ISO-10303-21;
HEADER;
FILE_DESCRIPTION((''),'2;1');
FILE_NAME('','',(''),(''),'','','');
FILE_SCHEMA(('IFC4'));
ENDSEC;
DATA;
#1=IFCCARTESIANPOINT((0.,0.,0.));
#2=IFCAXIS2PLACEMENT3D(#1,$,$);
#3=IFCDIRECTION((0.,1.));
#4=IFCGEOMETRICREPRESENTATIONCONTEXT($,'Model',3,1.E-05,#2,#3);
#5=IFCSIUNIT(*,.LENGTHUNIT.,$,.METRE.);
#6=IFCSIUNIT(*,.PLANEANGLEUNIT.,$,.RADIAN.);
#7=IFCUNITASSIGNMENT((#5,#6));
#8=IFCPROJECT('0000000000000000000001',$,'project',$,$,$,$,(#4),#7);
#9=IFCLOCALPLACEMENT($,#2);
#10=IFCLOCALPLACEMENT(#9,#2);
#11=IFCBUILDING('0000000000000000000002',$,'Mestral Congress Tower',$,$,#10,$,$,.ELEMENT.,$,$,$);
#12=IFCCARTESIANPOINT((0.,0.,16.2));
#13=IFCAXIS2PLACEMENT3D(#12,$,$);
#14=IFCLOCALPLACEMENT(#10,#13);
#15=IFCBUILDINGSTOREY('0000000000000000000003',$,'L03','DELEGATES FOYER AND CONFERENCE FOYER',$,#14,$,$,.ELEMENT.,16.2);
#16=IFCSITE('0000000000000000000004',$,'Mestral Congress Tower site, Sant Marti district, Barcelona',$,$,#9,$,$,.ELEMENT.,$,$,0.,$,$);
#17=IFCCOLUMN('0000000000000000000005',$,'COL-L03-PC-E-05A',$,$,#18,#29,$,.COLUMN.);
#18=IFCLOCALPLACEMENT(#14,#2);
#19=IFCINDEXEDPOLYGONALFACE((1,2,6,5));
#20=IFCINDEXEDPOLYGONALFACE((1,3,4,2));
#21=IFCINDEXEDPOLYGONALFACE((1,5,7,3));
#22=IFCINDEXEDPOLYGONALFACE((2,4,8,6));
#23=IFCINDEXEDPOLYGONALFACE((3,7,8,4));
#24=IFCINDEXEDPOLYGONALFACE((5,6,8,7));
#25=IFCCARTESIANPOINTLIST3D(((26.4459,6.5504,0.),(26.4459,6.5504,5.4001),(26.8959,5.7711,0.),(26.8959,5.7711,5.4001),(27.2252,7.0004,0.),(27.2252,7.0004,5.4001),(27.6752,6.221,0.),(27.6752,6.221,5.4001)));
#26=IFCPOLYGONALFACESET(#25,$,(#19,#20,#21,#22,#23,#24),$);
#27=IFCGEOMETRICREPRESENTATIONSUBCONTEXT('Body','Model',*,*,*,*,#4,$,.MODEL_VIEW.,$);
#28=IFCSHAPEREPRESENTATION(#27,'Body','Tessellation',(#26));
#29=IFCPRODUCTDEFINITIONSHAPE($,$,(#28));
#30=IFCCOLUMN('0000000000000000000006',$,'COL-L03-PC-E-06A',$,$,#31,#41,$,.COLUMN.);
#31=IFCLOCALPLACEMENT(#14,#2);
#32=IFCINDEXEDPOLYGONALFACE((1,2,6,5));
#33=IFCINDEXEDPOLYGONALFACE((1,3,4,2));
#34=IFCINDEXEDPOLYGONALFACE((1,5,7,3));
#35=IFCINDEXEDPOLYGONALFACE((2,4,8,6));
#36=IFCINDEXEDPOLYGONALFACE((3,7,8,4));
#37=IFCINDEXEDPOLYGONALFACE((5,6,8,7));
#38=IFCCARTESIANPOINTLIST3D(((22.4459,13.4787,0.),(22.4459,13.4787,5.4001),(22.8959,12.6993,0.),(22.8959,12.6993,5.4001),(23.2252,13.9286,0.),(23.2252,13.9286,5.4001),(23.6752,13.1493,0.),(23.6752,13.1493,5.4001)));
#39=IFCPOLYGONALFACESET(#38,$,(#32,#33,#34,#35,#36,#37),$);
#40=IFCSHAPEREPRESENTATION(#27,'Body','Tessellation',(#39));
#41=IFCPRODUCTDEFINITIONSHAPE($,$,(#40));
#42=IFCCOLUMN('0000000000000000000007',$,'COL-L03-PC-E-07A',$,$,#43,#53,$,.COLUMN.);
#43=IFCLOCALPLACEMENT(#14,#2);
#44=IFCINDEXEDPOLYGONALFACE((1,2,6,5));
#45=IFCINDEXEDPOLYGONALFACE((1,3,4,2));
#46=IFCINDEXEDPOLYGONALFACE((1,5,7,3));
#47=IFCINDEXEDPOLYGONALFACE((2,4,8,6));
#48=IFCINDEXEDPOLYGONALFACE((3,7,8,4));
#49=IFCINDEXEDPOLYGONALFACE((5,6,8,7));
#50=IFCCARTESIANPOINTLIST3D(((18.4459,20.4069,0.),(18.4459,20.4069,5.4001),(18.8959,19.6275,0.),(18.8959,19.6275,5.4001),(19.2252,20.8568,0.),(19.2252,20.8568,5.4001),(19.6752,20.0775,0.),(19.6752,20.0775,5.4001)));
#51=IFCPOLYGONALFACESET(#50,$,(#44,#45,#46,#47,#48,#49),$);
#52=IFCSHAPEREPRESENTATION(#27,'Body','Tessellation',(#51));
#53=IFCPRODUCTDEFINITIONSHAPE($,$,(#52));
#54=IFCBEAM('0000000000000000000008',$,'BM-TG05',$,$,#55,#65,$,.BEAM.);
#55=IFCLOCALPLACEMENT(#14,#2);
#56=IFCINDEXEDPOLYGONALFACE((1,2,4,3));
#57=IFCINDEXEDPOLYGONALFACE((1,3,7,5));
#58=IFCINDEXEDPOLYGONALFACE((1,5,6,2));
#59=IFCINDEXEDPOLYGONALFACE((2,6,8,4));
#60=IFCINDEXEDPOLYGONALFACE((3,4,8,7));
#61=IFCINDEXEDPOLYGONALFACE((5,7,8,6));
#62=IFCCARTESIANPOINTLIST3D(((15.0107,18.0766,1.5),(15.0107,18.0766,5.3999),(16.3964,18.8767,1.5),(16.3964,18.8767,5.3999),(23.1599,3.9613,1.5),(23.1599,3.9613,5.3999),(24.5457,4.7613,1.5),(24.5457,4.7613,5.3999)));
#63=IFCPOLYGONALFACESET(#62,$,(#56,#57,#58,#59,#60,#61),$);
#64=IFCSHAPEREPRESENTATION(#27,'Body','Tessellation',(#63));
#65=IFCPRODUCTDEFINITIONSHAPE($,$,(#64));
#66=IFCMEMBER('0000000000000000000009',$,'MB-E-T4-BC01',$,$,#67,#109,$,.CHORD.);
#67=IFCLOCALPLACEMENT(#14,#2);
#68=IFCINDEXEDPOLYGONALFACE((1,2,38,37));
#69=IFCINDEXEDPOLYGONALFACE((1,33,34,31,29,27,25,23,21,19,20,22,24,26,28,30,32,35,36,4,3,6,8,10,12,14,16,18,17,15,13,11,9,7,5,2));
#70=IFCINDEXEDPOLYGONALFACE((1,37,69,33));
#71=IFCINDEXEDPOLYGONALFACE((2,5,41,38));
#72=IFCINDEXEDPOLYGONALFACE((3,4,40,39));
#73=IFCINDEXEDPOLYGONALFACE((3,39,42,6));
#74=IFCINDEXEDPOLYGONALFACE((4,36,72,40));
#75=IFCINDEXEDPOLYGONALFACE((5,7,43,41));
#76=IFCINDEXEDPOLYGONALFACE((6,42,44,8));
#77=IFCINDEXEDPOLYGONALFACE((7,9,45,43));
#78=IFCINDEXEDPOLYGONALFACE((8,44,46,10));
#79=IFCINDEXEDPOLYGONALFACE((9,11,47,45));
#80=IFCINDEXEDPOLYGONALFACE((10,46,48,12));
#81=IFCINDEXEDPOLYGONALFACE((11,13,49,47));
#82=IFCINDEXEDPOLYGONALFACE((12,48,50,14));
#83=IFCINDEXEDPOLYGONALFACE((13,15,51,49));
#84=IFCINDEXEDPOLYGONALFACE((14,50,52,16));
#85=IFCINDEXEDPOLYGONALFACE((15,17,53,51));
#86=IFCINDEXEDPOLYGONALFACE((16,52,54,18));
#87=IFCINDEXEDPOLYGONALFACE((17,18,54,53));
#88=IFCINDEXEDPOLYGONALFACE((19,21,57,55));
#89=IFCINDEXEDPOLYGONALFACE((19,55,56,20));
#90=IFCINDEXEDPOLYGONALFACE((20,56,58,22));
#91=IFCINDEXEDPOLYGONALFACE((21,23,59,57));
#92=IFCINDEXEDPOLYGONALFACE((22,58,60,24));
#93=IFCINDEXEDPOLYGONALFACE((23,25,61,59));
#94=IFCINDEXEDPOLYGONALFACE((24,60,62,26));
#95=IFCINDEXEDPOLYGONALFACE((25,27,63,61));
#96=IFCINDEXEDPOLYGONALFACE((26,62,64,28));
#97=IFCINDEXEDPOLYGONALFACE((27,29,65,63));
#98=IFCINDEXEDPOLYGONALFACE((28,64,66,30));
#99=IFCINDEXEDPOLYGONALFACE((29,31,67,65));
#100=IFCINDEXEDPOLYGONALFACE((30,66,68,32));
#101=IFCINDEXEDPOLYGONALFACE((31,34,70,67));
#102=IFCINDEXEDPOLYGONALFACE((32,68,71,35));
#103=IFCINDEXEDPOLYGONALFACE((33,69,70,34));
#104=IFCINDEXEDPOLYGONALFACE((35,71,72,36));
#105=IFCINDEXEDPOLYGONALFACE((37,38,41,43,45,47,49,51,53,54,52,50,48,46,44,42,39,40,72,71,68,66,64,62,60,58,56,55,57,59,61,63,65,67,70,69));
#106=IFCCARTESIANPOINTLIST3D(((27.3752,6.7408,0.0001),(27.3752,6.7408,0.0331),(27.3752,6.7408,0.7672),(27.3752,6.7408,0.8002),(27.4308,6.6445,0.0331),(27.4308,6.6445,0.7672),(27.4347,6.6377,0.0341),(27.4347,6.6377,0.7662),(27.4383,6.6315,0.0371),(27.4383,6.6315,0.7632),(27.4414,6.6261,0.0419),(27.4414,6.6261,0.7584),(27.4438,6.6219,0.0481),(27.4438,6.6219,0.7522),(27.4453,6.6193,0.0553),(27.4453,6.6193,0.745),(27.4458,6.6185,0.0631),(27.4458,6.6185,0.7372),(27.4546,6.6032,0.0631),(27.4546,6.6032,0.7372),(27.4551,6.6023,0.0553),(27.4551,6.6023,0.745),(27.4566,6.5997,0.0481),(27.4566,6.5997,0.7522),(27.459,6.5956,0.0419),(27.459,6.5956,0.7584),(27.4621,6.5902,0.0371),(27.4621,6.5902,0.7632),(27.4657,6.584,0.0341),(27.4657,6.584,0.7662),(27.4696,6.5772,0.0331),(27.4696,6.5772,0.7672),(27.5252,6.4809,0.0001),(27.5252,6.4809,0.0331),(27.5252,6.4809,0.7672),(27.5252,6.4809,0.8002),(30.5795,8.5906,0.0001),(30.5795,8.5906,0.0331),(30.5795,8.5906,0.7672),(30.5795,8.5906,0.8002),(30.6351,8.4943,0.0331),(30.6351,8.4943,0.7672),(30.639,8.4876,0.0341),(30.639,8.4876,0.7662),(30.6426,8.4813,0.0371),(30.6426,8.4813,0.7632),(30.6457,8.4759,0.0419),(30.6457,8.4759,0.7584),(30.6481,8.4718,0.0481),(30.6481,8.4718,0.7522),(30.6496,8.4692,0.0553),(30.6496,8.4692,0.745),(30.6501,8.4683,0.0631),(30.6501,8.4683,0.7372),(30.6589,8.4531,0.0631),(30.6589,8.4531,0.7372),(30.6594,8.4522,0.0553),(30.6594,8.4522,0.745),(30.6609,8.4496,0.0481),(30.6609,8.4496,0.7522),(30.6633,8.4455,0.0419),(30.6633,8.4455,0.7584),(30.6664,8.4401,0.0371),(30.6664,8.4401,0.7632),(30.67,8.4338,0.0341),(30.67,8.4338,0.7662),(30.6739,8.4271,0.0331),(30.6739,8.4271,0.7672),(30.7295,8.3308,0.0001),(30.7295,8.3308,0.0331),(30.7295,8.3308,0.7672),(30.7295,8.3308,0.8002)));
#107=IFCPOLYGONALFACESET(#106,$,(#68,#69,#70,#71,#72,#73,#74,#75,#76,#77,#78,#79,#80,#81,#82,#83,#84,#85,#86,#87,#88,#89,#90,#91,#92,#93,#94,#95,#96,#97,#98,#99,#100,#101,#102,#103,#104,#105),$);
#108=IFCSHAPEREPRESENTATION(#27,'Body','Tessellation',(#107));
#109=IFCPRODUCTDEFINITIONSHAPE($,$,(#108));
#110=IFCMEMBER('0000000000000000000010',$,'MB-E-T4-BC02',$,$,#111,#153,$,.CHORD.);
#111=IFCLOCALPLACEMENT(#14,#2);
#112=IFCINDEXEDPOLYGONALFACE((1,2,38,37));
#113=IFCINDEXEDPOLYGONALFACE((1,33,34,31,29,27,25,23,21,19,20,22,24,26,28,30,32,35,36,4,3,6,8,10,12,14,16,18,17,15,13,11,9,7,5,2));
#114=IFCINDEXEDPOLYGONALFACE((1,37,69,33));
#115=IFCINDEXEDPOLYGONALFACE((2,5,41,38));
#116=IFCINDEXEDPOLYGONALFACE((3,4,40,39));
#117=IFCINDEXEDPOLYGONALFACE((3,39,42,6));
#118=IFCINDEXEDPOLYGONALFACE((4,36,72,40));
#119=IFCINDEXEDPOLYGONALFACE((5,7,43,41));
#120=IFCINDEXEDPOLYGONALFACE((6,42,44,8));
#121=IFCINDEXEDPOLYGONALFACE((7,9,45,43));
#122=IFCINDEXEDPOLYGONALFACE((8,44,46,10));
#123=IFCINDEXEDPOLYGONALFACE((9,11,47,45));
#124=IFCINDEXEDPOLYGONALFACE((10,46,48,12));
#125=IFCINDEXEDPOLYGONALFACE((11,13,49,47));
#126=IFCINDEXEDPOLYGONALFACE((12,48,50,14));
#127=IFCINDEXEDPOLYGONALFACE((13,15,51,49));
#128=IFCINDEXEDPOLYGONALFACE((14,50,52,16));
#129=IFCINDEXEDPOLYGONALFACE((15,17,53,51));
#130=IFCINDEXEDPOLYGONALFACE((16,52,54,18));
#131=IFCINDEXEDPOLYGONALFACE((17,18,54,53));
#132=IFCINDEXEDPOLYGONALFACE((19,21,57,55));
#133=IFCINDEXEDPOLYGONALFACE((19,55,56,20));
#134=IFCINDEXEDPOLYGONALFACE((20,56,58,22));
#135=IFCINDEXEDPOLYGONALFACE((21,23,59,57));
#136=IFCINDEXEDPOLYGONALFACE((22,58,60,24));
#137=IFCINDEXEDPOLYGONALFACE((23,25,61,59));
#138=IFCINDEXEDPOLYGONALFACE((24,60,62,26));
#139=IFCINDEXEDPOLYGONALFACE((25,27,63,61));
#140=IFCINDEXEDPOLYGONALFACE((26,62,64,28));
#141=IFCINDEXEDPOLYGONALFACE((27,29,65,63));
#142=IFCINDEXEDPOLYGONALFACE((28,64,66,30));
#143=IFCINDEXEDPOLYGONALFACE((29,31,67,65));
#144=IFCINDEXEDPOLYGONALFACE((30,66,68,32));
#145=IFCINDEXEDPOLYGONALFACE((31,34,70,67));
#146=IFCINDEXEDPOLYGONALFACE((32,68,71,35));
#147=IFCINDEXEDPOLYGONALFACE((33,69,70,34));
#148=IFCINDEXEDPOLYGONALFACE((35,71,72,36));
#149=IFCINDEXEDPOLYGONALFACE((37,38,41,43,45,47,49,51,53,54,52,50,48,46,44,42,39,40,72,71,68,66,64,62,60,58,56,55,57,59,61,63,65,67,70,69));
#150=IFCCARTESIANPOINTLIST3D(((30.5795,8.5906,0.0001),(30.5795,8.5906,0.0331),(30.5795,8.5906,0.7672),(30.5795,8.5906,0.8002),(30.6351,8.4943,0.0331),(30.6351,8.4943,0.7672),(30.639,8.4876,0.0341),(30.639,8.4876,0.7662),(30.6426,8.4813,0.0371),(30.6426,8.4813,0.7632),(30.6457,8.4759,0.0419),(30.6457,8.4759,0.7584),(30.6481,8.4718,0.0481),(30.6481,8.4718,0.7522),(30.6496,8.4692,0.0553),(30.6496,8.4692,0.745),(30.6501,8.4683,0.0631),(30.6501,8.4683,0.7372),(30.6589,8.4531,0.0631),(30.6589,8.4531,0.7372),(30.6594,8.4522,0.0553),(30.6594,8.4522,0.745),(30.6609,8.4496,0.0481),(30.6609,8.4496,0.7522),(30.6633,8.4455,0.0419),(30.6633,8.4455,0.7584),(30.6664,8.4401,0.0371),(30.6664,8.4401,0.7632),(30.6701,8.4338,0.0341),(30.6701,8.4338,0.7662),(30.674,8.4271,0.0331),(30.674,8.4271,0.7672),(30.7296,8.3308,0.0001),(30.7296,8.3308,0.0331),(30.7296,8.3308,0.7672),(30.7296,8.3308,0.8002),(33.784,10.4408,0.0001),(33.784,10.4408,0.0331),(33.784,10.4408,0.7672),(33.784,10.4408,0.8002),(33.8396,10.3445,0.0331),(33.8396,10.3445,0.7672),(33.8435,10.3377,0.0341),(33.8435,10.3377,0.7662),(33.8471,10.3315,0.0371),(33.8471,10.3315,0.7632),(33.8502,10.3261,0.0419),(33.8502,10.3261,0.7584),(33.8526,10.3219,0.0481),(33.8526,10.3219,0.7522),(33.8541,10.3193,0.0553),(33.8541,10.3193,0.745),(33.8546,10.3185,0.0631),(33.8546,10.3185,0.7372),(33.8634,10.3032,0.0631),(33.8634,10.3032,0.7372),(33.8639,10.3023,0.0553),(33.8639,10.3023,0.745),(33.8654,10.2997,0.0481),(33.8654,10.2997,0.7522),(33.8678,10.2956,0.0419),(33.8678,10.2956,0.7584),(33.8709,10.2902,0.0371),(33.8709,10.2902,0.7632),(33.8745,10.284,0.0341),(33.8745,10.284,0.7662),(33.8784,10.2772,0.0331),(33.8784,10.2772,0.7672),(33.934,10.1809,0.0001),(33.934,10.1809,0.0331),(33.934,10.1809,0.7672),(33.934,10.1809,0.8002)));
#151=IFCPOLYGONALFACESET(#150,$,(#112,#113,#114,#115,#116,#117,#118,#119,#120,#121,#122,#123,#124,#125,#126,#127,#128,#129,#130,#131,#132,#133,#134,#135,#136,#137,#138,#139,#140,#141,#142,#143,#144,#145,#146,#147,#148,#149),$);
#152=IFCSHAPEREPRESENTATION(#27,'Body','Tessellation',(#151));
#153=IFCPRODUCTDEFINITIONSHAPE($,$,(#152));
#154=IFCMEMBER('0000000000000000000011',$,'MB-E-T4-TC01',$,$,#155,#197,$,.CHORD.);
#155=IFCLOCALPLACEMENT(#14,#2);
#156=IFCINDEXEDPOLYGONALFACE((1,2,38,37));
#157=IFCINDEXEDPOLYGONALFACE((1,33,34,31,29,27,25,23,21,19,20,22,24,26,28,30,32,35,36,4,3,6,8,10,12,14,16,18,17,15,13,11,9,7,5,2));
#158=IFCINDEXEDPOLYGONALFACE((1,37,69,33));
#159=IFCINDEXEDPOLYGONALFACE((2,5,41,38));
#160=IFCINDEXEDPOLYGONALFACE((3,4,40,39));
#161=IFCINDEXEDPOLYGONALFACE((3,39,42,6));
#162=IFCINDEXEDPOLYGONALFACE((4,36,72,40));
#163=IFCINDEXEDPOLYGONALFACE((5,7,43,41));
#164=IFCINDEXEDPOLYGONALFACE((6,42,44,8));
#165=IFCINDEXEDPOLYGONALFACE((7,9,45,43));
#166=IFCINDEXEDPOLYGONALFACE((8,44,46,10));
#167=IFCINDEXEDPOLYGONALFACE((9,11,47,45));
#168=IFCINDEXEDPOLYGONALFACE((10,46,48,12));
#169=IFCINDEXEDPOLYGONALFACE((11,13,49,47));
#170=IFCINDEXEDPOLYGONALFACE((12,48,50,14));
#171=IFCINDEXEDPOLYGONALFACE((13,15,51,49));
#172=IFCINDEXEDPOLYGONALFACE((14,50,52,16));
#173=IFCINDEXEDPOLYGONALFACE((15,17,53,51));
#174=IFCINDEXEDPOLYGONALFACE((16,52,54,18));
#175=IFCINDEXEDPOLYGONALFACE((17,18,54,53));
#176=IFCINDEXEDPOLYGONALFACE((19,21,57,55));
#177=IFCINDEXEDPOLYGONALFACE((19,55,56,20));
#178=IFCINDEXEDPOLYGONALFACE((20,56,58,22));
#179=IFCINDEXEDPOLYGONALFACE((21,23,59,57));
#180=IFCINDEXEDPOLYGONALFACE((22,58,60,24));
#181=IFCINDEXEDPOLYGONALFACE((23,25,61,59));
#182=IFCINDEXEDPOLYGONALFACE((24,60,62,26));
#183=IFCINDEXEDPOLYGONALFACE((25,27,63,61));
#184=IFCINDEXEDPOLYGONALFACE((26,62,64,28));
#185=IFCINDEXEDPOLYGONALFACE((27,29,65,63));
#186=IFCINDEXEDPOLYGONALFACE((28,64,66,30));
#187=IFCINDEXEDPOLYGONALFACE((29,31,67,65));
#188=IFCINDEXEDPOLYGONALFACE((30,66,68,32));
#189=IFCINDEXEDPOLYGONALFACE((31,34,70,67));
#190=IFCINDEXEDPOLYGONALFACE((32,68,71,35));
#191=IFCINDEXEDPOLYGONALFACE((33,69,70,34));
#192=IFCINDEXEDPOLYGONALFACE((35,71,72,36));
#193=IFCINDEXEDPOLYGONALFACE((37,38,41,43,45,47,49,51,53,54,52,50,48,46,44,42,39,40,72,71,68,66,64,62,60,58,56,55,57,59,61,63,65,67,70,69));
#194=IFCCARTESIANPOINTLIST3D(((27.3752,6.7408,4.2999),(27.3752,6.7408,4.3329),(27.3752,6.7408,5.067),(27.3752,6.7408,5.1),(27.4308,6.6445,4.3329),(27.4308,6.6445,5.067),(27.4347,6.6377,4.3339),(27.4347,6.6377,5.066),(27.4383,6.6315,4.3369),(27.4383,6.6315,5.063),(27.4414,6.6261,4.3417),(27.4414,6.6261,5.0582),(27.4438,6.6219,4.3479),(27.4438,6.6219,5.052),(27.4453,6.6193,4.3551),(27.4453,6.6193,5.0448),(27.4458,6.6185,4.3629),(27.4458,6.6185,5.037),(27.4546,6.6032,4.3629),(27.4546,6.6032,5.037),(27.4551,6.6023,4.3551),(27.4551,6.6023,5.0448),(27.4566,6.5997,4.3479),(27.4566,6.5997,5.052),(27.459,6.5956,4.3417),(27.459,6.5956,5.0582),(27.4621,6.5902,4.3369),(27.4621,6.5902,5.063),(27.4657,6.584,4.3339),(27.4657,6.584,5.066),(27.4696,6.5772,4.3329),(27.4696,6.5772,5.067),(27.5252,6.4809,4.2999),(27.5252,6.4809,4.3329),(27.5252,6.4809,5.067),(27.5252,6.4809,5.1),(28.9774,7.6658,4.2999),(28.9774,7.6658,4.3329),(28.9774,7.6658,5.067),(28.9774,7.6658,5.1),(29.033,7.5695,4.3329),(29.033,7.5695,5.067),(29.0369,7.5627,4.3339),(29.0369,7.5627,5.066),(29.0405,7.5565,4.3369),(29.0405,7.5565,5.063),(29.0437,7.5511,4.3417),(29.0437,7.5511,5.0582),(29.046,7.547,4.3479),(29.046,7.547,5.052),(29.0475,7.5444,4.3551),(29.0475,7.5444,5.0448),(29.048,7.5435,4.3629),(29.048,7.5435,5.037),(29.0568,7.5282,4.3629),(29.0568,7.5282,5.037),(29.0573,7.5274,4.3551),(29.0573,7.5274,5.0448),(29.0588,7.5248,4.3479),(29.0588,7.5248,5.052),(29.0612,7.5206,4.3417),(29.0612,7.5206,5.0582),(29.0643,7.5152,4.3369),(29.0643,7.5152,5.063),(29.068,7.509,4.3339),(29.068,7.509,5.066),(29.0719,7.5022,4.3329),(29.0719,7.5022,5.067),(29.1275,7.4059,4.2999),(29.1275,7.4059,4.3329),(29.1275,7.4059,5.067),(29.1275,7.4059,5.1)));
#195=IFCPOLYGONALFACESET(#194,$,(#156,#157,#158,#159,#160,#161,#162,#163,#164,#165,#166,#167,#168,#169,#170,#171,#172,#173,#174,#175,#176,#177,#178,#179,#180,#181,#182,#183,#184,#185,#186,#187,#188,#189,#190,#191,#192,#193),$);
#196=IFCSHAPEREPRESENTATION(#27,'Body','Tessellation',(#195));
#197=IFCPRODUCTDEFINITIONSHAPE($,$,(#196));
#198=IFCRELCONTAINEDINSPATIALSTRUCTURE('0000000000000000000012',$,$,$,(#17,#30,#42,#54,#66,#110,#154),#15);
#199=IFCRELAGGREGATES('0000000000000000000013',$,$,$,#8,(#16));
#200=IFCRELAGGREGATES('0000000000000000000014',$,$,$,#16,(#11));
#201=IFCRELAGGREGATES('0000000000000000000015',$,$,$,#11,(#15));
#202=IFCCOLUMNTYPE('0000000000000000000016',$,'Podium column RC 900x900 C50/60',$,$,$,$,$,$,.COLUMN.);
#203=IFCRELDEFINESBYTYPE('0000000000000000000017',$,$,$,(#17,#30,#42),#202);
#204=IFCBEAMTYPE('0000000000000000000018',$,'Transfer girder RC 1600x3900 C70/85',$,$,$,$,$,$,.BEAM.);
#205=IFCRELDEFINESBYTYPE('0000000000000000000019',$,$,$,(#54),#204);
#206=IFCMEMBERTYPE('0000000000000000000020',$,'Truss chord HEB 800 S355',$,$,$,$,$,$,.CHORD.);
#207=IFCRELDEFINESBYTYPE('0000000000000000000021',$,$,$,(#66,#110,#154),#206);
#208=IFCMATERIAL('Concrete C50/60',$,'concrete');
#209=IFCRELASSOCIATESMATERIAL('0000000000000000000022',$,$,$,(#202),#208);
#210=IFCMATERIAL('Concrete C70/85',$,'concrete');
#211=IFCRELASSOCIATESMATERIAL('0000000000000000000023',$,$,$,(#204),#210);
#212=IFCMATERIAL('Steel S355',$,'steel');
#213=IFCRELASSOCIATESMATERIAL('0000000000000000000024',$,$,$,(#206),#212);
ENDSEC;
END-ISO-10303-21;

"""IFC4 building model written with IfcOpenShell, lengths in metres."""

from ifc_helpers import new_model, si_unit, direction, frame, origin, origin_2d, place, context, subcontext, project, spatial, rectangle, i_section, extrude, material, material_profile, profile_set, type_object, element, save


model = new_model("IFC4")

# Units and contexts
model_context = context("Model", 3, precision=1e-05, world=origin(), true_north=direction((0.0, 1.0)))
body_context = subcontext(model_context, "Body", "Model", "MODEL_VIEW")
ifc_project = project(units=[si_unit("LENGTHUNIT", "METRE"), si_unit("PLANEANGLEUNIT", "RADIAN")], contexts=[model_context])

# Site, building, storey
site_placement = place(None, origin())
site = spatial("IfcSite", under=ifc_project, at=site_placement, Name="Mestral Congress Tower site, Sant Marti district, Barcelona", CompositionType="ELEMENT", RefElevation=0.0)
building_placement = place(site_placement, origin())
building = spatial("IfcBuilding", under=site, at=building_placement, Name="Mestral Congress Tower", CompositionType="ELEMENT")
storey_placement = place(building_placement, frame((0.0, 0.0, 16.2)))
storey = spatial("IfcBuildingStorey", under=building, at=storey_placement, Name="L03", Description="DELEGATES FOYER AND CONFERENCE FOYER", CompositionType="ELEMENT", Elevation=16.2)

# Columns
ifc_material_1 = material(Name="Concrete C50/60", Category="concrete")
ifc_material_profile_1 = material_profile(ifc_material_1, rectangle(XDim=0.8999, YDim=0.8999, at=origin_2d()), Name="RC 900x900")
ifc_profile_set_1 = profile_set([ifc_material_profile_1], Name="Concrete C50/60")
column_type = type_object("IfcColumnType", Name="Podium column RC 900x900 C50/60", PredefinedType="COLUMN", material=ifc_profile_set_1)
for number, where, z_axis, x_axis, name in (
    (1, (27.0605, 6.3857, 0.0), (0.0, 0.0, 1.0), (-0.5, 0.866025, 0.0), "COL-L03-PC-E-05A"),
    (2, (23.0605, 13.314, 0.0), (0.0, 0.0, 1.0), (-0.5, 0.866025, 0.0), "COL-L03-PC-E-06A"),
    (3, (19.0605, 20.2422, 0.0), (0.0, 0.0, 1.0), (-0.5, 0.866025, 0.0), "COL-L03-PC-E-07A"),
):
    element("IfcColumn", number, at=place(storey_placement, frame(where, z_axis=z_axis, x_axis=x_axis)), inside=storey, type_object=column_type, Name=name, PredefinedType="COLUMN", context=body_context, shape_type="SweptSolid", body=[
        extrude(rectangle(XDim=0.8999, YDim=0.8999, at=origin_2d()), origin(), (0.0, 0.0, 1.0), 5.4001),
    ])

# Beam
ifc_material_2 = material(Name="Concrete C70/85", Category="concrete")
ifc_material_profile_2 = material_profile(ifc_material_2, rectangle(XDim=1.6001, YDim=3.8999, at=origin_2d()), Name="RC 1600x3900")
ifc_profile_set_2 = profile_set([ifc_material_profile_2], Name="Concrete C70/85")
beam_type = type_object("IfcBeamType", Name="Transfer girder RC 1600x3900 C70/85", PredefinedType="BEAM", material=ifc_profile_set_2)
beam_placement = place(storey_placement, frame((23.8528, 4.3613, 3.45), z_axis=(-0.499988, 0.866032, 0.0), x_axis=(-0.866032, -0.499988, 0.0)))
element("IfcBeam", 4, at=beam_placement, inside=storey, type_object=beam_type, Name="BM-TG05", PredefinedType="BEAM", context=body_context, shape_type="SweptSolid", body=[
    extrude(rectangle(XDim=1.6001, YDim=3.8999, at=origin_2d()), origin(), (0.0, 0.0, 1.0), 16.2988),
])

# Members
ifc_material_3 = material(Name="Steel S355", Category="steel")
ifc_material_profile_3 = material_profile(ifc_material_3, i_section(OverallWidth=0.3, OverallDepth=0.8, WebThickness=0.0176, FlangeThickness=0.033, FilletRadius=0.03, at=origin_2d()), Name="HEB 800")
ifc_profile_set_3 = profile_set([ifc_material_profile_3], Name="Steel S355")
member_type_1 = type_object("IfcMemberType", Name="Truss chord HEB 800 S355", PredefinedType="CHORD", material=ifc_profile_set_3)
member_1_placement = place(storey_placement, frame((27.4502, 6.6108, 0.4001), z_axis=(0.866046, 0.499964, 0.0), x_axis=(-0.499964, 0.866046, 0.0)))
element("IfcMember", 5, at=member_1_placement, inside=storey, type_object=member_type_1, Name="MB-E-T4-BC01", PredefinedType="CHORD", context=body_context, shape_type="SweptSolid", body=[
    extrude(i_section(OverallWidth=0.3, OverallDepth=0.8, WebThickness=0.0176, FlangeThickness=0.033, FilletRadius=0.03, at=origin_2d()), origin(), (0.0, 0.0, 1.0), 3.7),
])
member_2_placement = place(storey_placement, frame((30.6545, 8.4607, 0.4001), z_axis=(0.866017, 0.500014, 0.0), x_axis=(-0.500014, 0.866017, 0.0)))
element("IfcMember", 6, at=member_2_placement, inside=storey, type_object=member_type_1, Name="MB-E-T4-BC02", PredefinedType="CHORD", context=body_context, shape_type="SweptSolid", body=[
    extrude(i_section(OverallWidth=0.3, OverallDepth=0.8, WebThickness=0.0176, FlangeThickness=0.033, FilletRadius=0.03, at=origin_2d()), origin(), (0.0, 0.0, 1.0), 3.7002),
])
member_3_placement = place(storey_placement, frame((27.4502, 6.6108, 4.7), z_axis=(0.866034, 0.499985, 0.0), x_axis=(-0.499985, 0.866034, 0.0)))
element("IfcMember", 7, at=member_3_placement, inside=storey, type_object=member_type_1, Name="MB-E-T4-TC01", PredefinedType="CHORD", context=body_context, shape_type="SweptSolid", body=[
    extrude(i_section(OverallWidth=0.3, OverallDepth=0.8, WebThickness=0.0176, FlangeThickness=0.033, FilletRadius=0.03, at=origin_2d()), origin(), (0.0, 0.0, 1.0), 1.8501),
])

save(model, "model.ifc")
